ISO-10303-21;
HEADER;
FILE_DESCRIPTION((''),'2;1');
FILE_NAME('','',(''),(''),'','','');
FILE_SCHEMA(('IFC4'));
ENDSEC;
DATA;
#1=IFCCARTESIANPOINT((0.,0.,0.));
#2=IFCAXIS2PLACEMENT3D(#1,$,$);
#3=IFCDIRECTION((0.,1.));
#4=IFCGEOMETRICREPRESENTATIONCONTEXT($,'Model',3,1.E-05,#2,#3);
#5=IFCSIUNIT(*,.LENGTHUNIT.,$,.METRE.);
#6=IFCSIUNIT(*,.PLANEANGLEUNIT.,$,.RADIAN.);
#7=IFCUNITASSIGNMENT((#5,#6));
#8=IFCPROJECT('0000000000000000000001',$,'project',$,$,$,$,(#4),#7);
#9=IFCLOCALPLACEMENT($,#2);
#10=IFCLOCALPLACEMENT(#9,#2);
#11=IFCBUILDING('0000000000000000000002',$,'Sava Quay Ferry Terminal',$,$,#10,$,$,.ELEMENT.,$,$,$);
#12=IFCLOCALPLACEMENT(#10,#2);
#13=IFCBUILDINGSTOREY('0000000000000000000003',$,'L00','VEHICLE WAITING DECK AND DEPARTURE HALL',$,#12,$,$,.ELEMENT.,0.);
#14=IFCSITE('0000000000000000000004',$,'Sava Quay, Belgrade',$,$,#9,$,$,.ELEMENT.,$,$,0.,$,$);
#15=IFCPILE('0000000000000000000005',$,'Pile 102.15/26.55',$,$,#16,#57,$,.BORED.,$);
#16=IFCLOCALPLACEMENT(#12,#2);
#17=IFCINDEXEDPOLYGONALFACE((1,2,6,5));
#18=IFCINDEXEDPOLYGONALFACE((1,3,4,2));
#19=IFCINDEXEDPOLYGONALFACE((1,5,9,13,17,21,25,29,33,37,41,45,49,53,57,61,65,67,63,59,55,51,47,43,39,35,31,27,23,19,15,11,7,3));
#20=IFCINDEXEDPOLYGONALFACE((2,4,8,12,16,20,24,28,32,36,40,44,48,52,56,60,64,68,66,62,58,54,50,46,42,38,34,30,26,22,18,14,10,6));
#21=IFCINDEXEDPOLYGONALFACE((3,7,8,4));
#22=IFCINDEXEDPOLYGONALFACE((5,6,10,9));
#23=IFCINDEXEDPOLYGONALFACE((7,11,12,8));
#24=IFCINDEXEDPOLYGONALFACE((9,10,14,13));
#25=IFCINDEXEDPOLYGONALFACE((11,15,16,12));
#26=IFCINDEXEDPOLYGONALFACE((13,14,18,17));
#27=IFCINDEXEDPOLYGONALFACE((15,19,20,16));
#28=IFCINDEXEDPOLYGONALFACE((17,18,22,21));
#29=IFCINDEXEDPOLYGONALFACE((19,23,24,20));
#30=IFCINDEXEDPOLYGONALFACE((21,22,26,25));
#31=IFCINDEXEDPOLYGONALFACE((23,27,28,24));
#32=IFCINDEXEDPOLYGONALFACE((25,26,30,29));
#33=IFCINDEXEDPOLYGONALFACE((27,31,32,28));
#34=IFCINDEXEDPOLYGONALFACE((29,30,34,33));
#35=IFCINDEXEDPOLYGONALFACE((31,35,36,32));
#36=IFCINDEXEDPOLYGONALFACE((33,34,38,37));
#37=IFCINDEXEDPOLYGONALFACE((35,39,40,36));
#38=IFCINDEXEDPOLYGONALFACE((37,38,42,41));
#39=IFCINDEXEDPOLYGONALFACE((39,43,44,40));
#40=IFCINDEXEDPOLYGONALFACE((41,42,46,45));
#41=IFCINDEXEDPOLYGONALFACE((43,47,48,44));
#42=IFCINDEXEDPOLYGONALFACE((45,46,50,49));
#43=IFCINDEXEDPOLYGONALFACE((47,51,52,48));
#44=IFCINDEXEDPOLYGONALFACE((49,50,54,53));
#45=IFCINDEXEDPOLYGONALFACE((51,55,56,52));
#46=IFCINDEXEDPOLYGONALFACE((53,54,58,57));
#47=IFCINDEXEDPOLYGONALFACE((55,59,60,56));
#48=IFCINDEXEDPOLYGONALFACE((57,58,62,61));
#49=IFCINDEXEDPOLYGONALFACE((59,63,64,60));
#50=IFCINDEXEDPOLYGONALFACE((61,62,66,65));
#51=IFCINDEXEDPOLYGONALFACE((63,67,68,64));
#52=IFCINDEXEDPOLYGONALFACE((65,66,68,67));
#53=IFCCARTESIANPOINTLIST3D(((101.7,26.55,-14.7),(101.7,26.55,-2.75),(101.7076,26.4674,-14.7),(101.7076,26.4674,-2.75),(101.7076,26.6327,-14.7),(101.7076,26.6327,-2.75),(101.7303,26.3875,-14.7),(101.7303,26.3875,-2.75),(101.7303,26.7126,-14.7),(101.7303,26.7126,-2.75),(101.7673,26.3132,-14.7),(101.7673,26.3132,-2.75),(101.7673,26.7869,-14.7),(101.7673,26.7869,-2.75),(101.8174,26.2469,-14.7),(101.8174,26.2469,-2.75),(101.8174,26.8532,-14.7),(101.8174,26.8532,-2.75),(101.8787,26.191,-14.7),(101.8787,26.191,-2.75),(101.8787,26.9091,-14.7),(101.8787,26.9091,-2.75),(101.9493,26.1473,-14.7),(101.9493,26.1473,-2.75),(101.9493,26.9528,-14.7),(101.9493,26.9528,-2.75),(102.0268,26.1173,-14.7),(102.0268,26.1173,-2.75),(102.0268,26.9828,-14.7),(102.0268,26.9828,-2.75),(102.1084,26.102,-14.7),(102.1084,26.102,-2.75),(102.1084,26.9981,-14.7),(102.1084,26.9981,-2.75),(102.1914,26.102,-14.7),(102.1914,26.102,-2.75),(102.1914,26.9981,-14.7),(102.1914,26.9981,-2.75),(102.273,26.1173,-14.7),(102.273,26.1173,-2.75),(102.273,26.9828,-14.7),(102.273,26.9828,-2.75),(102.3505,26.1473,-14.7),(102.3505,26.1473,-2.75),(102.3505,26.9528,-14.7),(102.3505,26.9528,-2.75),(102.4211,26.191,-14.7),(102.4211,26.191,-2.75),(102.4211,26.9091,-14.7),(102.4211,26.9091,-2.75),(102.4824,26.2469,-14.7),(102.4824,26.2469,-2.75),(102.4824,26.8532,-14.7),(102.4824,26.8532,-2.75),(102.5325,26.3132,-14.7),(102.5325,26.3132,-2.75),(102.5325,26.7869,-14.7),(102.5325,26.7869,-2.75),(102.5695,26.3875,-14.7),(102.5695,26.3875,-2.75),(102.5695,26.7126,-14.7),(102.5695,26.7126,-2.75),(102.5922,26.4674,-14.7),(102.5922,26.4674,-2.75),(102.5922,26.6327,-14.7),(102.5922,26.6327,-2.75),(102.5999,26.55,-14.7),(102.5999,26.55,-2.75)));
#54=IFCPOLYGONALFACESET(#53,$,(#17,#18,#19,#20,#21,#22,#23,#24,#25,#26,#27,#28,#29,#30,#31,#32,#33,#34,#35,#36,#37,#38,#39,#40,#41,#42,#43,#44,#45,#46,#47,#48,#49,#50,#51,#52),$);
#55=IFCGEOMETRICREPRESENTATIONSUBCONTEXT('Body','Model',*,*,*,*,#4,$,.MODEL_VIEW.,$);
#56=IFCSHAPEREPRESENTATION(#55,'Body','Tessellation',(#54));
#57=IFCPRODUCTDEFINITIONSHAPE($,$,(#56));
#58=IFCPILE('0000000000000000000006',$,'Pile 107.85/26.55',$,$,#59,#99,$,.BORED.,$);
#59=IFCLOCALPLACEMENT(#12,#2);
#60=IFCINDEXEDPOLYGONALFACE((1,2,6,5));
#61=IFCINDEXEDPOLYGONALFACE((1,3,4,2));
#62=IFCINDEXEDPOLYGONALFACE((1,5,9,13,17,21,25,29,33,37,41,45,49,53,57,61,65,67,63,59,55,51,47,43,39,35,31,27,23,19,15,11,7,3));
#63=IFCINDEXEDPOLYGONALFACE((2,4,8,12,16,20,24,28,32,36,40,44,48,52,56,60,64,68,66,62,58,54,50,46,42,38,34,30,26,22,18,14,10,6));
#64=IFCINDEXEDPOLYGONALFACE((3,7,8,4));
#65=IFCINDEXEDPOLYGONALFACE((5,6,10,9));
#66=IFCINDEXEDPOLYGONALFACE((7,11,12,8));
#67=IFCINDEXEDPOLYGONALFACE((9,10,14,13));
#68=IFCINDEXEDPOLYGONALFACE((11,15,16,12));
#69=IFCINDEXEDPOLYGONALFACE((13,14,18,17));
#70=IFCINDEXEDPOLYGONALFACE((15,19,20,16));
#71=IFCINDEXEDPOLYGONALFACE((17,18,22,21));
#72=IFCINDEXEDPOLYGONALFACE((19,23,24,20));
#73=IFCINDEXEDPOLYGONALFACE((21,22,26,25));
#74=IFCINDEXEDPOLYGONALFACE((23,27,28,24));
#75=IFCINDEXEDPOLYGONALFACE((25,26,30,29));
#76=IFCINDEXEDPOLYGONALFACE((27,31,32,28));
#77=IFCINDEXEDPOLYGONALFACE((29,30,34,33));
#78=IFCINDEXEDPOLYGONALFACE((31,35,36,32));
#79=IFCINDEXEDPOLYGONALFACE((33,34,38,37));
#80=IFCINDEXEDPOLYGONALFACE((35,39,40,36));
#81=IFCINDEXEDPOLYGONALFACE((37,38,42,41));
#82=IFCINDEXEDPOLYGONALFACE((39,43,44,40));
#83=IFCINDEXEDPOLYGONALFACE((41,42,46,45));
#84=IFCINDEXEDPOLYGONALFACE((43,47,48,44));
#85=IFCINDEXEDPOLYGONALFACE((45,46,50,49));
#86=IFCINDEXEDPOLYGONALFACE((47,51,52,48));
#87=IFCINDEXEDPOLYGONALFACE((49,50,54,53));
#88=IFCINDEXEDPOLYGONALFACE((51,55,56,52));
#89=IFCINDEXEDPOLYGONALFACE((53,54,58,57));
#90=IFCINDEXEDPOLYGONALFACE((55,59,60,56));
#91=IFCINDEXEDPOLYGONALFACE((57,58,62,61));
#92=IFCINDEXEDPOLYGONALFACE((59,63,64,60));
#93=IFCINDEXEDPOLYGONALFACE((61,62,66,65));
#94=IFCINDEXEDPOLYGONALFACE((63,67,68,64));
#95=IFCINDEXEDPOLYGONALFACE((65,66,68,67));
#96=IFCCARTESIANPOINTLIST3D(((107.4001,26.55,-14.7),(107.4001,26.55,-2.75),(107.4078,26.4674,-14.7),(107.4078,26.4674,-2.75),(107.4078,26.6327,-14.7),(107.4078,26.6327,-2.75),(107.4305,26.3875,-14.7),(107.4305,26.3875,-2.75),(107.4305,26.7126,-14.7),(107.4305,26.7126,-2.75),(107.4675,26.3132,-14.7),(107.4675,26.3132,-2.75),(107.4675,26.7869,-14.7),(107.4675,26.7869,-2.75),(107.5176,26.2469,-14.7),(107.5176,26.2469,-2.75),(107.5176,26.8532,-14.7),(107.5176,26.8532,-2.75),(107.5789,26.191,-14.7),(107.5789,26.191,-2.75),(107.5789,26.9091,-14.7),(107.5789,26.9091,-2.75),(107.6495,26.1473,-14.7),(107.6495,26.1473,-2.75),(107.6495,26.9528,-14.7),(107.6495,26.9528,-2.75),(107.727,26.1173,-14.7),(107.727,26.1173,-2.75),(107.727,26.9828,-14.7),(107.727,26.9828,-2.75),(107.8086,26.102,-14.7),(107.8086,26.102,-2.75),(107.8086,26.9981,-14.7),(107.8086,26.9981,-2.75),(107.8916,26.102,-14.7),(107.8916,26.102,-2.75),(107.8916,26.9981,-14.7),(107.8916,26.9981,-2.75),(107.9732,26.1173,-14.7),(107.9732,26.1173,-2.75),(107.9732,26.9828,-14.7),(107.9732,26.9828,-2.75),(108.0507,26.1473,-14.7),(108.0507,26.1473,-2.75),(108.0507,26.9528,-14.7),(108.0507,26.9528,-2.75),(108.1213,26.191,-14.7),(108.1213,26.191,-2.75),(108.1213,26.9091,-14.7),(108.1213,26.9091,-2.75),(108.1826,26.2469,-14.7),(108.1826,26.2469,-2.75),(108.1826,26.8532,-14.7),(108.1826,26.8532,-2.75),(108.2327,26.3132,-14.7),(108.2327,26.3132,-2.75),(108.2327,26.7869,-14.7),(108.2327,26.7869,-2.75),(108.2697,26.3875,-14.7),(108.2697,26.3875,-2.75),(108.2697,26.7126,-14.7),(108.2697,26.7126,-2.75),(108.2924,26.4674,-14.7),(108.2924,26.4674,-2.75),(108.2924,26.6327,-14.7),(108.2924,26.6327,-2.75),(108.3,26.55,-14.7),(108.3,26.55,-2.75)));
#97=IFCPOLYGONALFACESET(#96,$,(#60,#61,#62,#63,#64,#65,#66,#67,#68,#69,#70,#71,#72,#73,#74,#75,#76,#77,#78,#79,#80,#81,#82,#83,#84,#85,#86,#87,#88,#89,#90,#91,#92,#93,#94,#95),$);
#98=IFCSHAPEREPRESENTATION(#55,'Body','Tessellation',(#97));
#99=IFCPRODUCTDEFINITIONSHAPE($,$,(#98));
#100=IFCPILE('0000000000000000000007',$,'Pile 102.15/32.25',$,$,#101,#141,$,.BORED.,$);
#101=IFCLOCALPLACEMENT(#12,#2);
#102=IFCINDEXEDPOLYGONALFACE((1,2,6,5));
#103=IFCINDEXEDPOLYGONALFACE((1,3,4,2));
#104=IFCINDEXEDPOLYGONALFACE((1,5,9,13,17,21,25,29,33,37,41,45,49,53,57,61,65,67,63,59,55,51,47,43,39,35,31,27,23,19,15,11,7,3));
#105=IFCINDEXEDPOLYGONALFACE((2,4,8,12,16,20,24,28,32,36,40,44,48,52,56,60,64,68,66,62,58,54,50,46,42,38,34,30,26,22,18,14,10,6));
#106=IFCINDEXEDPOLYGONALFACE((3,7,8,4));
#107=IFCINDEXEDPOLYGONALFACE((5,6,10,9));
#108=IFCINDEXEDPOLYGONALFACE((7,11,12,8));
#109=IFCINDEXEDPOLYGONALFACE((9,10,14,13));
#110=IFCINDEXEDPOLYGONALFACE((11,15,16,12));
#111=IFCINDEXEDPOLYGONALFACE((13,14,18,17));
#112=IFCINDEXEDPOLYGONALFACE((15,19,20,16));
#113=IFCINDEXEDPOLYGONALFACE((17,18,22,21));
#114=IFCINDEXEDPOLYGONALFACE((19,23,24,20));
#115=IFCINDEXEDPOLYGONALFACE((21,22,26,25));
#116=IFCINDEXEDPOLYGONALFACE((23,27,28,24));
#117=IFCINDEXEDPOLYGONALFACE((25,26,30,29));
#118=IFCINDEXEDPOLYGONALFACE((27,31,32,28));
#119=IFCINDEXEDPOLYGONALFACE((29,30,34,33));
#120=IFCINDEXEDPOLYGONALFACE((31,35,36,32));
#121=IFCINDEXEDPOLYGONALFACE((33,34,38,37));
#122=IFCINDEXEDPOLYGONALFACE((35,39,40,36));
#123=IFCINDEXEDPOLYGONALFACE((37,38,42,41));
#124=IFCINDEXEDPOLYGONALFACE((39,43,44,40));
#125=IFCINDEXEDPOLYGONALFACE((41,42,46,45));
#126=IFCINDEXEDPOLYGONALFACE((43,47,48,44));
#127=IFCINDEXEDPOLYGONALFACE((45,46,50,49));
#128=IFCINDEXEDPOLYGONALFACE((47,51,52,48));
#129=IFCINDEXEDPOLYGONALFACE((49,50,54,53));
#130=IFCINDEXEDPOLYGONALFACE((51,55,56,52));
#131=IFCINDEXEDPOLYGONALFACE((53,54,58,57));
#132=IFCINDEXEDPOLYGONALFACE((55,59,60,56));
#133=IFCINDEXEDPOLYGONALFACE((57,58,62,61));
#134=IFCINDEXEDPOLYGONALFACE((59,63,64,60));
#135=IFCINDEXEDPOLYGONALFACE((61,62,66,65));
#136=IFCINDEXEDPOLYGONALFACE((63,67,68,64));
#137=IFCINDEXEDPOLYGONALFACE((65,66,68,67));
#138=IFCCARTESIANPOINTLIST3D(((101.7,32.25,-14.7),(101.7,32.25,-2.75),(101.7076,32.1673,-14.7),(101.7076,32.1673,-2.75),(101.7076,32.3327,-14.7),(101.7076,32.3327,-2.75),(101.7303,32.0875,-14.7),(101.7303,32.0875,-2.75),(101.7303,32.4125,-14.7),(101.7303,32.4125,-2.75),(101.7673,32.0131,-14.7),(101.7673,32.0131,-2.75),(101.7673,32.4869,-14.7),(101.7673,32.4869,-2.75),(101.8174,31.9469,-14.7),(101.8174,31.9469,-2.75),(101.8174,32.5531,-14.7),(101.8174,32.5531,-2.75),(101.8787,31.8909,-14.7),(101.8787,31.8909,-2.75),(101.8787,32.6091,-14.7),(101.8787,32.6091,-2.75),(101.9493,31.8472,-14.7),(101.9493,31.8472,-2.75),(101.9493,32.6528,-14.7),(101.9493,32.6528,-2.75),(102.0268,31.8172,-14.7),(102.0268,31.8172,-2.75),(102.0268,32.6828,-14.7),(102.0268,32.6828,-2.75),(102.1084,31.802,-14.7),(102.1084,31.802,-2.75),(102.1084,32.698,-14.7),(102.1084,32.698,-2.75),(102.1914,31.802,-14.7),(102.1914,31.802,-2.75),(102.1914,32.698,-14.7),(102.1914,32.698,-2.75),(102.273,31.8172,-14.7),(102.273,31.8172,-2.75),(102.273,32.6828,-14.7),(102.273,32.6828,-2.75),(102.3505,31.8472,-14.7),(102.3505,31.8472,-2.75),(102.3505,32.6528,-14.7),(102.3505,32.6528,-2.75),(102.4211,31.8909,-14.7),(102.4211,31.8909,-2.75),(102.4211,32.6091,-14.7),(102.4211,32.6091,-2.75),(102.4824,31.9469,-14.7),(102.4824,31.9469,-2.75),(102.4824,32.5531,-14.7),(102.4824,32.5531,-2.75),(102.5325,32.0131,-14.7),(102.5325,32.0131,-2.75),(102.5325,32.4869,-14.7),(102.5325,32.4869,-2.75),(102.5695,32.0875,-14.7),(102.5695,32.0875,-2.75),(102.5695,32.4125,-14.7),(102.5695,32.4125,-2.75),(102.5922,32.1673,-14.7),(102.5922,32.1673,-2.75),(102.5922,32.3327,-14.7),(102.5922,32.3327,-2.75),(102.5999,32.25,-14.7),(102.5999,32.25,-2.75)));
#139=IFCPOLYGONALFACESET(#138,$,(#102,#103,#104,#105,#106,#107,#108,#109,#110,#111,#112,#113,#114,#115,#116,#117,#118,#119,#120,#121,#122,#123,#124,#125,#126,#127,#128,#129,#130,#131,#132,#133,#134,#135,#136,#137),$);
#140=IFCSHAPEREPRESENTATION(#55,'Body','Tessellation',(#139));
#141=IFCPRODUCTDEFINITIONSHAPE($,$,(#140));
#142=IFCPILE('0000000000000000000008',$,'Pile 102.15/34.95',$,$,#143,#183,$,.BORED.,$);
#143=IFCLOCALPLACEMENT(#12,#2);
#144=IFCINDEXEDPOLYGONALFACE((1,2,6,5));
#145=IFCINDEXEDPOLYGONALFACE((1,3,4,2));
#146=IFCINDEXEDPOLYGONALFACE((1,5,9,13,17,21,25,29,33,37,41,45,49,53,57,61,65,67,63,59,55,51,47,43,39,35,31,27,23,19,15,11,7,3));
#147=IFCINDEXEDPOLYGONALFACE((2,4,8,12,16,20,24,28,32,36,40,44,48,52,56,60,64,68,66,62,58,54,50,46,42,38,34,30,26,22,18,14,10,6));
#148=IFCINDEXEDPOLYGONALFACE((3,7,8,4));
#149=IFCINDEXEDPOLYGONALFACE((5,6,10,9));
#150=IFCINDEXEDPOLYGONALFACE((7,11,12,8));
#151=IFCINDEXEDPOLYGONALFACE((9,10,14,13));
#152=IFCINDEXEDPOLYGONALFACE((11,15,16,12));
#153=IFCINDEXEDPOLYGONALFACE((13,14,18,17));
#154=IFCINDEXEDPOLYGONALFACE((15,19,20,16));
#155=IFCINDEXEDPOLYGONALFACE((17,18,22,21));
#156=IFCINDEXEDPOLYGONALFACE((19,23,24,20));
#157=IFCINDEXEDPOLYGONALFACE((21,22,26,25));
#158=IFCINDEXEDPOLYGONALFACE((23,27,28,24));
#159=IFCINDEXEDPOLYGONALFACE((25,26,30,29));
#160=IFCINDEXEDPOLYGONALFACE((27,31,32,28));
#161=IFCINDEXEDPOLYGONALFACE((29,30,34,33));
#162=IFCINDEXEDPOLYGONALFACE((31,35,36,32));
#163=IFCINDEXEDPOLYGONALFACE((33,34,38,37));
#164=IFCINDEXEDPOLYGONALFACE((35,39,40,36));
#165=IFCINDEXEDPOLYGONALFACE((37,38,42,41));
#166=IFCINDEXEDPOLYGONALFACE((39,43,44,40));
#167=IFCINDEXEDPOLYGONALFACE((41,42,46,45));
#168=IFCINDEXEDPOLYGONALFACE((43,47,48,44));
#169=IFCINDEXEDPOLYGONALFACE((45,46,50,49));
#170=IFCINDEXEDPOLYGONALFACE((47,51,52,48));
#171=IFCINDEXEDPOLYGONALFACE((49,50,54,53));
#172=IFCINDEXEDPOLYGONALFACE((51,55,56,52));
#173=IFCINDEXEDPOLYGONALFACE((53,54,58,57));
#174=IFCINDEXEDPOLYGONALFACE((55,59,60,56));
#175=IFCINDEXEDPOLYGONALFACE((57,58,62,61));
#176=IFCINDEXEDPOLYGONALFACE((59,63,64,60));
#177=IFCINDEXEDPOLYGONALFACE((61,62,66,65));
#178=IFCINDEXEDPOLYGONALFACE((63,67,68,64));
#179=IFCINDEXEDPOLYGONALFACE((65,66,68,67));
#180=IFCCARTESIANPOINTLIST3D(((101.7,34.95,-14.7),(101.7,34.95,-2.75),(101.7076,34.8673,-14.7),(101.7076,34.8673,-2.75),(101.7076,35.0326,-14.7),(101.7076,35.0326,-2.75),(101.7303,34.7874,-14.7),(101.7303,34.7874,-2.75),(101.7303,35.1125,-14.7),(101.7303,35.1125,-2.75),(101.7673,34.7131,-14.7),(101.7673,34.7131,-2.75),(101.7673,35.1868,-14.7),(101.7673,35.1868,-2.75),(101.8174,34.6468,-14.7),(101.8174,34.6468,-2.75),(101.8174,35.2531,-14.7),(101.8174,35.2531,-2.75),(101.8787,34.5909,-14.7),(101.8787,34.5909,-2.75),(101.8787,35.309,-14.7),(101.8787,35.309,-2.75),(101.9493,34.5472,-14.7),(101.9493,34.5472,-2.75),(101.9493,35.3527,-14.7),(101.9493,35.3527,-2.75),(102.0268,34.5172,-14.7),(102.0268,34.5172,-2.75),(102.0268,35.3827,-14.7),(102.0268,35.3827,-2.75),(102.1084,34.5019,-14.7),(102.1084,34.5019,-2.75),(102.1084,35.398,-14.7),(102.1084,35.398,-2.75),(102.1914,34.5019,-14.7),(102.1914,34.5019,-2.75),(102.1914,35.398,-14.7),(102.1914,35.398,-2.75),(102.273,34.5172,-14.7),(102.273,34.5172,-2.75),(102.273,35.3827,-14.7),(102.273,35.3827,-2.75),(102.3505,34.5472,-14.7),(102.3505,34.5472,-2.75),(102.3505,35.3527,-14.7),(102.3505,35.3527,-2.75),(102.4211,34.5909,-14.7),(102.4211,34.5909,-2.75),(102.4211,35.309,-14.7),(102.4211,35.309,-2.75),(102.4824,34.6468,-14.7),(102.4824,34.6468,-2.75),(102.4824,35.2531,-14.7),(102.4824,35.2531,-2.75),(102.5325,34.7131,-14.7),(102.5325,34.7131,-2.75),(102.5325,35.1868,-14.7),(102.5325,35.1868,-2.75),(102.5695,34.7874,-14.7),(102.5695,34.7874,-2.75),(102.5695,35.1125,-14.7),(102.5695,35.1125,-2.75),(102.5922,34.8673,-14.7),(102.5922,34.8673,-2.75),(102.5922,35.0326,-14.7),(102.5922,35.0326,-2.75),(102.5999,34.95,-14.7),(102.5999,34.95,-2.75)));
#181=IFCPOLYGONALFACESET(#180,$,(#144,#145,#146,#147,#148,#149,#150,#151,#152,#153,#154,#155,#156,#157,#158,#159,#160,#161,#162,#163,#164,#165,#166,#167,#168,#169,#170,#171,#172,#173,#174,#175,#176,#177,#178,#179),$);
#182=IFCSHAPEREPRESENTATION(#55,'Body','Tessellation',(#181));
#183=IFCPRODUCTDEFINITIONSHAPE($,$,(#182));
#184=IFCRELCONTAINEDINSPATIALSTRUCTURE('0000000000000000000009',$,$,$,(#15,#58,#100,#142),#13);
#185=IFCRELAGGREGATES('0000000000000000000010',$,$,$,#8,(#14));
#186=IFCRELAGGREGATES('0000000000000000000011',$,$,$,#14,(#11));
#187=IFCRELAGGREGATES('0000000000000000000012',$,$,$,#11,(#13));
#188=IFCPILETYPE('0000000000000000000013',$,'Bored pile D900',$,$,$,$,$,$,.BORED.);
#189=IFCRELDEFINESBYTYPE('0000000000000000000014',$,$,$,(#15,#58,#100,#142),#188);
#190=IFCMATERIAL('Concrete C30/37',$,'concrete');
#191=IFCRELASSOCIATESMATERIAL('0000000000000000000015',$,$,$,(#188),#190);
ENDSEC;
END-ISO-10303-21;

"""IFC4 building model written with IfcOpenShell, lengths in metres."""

from ifc_helpers import new_model, si_unit, direction, frame, origin, origin_2d, place, context, subcontext, project, spatial, circle, extrude, material, material_profile, profile_set, type_object, element, save


model = new_model("IFC4")

# Units and contexts
model_context = context("Model", 3, precision=1e-05, world=origin(), true_north=direction((0.0, 1.0)))
body_context = subcontext(model_context, "Body", "Model", "MODEL_VIEW")
ifc_project = project(units=[si_unit("LENGTHUNIT", "METRE"), si_unit("PLANEANGLEUNIT", "RADIAN")], contexts=[model_context])

# Site, building, storey
site_placement = place(None, origin())
site = spatial("IfcSite", under=ifc_project, at=site_placement, Name="Sava Quay, Belgrade", CompositionType="ELEMENT", RefElevation=0.0)
building_placement = place(site_placement, origin())
building = spatial("IfcBuilding", under=site, at=building_placement, Name="Sava Quay Ferry Terminal", CompositionType="ELEMENT")
storey_placement = place(building_placement, origin())
storey = spatial("IfcBuildingStorey", under=building, at=storey_placement, Name="L00", Description="VEHICLE WAITING DECK AND DEPARTURE HALL", CompositionType="ELEMENT", Elevation=0.0)

# Piles
ifc_material_1 = material(Name="Concrete C30/37", Category="concrete")
ifc_material_profile_1 = material_profile(ifc_material_1, circle(Radius=0.45, at=origin_2d()), Name="Bored pile D900")
ifc_profile_set_1 = profile_set([ifc_material_profile_1], Name="Concrete C30/37")
pile_type = type_object("IfcPileType", Name="Bored pile D900", PredefinedType="BORED", material=ifc_profile_set_1)
for number, where, z_axis, x_axis, name in (
    (1, (102.1499, 26.55, -2.75), (0.0, 0.0, -1.0), (1.0, 0.0, 0.0), "Pile 102.15/26.55"),
    (2, (107.8501, 26.55, -2.75), (0.0, 0.0, -1.0), (1.0, 0.0, 0.0), "Pile 107.85/26.55"),
    (3, (102.1499, 32.25, -2.75), (0.0, 0.0, -1.0), (1.0, 0.0, 0.0), "Pile 102.15/32.25"),
    (4, (102.1499, 34.95, -2.75), (0.0, 0.0, -1.0), (1.0, 0.0, 0.0), "Pile 102.15/34.95"),
):
    element("IfcPile", number, at=place(storey_placement, frame(where, z_axis=z_axis, x_axis=x_axis)), inside=storey, type_object=pile_type, Name=name, PredefinedType="BORED", context=body_context, shape_type="SweptSolid", body=[
        extrude(circle(Radius=0.45, at=origin_2d()), origin(), (0.0, 0.0, 1.0), 11.95),
    ])

save(model, "model.ifc")
